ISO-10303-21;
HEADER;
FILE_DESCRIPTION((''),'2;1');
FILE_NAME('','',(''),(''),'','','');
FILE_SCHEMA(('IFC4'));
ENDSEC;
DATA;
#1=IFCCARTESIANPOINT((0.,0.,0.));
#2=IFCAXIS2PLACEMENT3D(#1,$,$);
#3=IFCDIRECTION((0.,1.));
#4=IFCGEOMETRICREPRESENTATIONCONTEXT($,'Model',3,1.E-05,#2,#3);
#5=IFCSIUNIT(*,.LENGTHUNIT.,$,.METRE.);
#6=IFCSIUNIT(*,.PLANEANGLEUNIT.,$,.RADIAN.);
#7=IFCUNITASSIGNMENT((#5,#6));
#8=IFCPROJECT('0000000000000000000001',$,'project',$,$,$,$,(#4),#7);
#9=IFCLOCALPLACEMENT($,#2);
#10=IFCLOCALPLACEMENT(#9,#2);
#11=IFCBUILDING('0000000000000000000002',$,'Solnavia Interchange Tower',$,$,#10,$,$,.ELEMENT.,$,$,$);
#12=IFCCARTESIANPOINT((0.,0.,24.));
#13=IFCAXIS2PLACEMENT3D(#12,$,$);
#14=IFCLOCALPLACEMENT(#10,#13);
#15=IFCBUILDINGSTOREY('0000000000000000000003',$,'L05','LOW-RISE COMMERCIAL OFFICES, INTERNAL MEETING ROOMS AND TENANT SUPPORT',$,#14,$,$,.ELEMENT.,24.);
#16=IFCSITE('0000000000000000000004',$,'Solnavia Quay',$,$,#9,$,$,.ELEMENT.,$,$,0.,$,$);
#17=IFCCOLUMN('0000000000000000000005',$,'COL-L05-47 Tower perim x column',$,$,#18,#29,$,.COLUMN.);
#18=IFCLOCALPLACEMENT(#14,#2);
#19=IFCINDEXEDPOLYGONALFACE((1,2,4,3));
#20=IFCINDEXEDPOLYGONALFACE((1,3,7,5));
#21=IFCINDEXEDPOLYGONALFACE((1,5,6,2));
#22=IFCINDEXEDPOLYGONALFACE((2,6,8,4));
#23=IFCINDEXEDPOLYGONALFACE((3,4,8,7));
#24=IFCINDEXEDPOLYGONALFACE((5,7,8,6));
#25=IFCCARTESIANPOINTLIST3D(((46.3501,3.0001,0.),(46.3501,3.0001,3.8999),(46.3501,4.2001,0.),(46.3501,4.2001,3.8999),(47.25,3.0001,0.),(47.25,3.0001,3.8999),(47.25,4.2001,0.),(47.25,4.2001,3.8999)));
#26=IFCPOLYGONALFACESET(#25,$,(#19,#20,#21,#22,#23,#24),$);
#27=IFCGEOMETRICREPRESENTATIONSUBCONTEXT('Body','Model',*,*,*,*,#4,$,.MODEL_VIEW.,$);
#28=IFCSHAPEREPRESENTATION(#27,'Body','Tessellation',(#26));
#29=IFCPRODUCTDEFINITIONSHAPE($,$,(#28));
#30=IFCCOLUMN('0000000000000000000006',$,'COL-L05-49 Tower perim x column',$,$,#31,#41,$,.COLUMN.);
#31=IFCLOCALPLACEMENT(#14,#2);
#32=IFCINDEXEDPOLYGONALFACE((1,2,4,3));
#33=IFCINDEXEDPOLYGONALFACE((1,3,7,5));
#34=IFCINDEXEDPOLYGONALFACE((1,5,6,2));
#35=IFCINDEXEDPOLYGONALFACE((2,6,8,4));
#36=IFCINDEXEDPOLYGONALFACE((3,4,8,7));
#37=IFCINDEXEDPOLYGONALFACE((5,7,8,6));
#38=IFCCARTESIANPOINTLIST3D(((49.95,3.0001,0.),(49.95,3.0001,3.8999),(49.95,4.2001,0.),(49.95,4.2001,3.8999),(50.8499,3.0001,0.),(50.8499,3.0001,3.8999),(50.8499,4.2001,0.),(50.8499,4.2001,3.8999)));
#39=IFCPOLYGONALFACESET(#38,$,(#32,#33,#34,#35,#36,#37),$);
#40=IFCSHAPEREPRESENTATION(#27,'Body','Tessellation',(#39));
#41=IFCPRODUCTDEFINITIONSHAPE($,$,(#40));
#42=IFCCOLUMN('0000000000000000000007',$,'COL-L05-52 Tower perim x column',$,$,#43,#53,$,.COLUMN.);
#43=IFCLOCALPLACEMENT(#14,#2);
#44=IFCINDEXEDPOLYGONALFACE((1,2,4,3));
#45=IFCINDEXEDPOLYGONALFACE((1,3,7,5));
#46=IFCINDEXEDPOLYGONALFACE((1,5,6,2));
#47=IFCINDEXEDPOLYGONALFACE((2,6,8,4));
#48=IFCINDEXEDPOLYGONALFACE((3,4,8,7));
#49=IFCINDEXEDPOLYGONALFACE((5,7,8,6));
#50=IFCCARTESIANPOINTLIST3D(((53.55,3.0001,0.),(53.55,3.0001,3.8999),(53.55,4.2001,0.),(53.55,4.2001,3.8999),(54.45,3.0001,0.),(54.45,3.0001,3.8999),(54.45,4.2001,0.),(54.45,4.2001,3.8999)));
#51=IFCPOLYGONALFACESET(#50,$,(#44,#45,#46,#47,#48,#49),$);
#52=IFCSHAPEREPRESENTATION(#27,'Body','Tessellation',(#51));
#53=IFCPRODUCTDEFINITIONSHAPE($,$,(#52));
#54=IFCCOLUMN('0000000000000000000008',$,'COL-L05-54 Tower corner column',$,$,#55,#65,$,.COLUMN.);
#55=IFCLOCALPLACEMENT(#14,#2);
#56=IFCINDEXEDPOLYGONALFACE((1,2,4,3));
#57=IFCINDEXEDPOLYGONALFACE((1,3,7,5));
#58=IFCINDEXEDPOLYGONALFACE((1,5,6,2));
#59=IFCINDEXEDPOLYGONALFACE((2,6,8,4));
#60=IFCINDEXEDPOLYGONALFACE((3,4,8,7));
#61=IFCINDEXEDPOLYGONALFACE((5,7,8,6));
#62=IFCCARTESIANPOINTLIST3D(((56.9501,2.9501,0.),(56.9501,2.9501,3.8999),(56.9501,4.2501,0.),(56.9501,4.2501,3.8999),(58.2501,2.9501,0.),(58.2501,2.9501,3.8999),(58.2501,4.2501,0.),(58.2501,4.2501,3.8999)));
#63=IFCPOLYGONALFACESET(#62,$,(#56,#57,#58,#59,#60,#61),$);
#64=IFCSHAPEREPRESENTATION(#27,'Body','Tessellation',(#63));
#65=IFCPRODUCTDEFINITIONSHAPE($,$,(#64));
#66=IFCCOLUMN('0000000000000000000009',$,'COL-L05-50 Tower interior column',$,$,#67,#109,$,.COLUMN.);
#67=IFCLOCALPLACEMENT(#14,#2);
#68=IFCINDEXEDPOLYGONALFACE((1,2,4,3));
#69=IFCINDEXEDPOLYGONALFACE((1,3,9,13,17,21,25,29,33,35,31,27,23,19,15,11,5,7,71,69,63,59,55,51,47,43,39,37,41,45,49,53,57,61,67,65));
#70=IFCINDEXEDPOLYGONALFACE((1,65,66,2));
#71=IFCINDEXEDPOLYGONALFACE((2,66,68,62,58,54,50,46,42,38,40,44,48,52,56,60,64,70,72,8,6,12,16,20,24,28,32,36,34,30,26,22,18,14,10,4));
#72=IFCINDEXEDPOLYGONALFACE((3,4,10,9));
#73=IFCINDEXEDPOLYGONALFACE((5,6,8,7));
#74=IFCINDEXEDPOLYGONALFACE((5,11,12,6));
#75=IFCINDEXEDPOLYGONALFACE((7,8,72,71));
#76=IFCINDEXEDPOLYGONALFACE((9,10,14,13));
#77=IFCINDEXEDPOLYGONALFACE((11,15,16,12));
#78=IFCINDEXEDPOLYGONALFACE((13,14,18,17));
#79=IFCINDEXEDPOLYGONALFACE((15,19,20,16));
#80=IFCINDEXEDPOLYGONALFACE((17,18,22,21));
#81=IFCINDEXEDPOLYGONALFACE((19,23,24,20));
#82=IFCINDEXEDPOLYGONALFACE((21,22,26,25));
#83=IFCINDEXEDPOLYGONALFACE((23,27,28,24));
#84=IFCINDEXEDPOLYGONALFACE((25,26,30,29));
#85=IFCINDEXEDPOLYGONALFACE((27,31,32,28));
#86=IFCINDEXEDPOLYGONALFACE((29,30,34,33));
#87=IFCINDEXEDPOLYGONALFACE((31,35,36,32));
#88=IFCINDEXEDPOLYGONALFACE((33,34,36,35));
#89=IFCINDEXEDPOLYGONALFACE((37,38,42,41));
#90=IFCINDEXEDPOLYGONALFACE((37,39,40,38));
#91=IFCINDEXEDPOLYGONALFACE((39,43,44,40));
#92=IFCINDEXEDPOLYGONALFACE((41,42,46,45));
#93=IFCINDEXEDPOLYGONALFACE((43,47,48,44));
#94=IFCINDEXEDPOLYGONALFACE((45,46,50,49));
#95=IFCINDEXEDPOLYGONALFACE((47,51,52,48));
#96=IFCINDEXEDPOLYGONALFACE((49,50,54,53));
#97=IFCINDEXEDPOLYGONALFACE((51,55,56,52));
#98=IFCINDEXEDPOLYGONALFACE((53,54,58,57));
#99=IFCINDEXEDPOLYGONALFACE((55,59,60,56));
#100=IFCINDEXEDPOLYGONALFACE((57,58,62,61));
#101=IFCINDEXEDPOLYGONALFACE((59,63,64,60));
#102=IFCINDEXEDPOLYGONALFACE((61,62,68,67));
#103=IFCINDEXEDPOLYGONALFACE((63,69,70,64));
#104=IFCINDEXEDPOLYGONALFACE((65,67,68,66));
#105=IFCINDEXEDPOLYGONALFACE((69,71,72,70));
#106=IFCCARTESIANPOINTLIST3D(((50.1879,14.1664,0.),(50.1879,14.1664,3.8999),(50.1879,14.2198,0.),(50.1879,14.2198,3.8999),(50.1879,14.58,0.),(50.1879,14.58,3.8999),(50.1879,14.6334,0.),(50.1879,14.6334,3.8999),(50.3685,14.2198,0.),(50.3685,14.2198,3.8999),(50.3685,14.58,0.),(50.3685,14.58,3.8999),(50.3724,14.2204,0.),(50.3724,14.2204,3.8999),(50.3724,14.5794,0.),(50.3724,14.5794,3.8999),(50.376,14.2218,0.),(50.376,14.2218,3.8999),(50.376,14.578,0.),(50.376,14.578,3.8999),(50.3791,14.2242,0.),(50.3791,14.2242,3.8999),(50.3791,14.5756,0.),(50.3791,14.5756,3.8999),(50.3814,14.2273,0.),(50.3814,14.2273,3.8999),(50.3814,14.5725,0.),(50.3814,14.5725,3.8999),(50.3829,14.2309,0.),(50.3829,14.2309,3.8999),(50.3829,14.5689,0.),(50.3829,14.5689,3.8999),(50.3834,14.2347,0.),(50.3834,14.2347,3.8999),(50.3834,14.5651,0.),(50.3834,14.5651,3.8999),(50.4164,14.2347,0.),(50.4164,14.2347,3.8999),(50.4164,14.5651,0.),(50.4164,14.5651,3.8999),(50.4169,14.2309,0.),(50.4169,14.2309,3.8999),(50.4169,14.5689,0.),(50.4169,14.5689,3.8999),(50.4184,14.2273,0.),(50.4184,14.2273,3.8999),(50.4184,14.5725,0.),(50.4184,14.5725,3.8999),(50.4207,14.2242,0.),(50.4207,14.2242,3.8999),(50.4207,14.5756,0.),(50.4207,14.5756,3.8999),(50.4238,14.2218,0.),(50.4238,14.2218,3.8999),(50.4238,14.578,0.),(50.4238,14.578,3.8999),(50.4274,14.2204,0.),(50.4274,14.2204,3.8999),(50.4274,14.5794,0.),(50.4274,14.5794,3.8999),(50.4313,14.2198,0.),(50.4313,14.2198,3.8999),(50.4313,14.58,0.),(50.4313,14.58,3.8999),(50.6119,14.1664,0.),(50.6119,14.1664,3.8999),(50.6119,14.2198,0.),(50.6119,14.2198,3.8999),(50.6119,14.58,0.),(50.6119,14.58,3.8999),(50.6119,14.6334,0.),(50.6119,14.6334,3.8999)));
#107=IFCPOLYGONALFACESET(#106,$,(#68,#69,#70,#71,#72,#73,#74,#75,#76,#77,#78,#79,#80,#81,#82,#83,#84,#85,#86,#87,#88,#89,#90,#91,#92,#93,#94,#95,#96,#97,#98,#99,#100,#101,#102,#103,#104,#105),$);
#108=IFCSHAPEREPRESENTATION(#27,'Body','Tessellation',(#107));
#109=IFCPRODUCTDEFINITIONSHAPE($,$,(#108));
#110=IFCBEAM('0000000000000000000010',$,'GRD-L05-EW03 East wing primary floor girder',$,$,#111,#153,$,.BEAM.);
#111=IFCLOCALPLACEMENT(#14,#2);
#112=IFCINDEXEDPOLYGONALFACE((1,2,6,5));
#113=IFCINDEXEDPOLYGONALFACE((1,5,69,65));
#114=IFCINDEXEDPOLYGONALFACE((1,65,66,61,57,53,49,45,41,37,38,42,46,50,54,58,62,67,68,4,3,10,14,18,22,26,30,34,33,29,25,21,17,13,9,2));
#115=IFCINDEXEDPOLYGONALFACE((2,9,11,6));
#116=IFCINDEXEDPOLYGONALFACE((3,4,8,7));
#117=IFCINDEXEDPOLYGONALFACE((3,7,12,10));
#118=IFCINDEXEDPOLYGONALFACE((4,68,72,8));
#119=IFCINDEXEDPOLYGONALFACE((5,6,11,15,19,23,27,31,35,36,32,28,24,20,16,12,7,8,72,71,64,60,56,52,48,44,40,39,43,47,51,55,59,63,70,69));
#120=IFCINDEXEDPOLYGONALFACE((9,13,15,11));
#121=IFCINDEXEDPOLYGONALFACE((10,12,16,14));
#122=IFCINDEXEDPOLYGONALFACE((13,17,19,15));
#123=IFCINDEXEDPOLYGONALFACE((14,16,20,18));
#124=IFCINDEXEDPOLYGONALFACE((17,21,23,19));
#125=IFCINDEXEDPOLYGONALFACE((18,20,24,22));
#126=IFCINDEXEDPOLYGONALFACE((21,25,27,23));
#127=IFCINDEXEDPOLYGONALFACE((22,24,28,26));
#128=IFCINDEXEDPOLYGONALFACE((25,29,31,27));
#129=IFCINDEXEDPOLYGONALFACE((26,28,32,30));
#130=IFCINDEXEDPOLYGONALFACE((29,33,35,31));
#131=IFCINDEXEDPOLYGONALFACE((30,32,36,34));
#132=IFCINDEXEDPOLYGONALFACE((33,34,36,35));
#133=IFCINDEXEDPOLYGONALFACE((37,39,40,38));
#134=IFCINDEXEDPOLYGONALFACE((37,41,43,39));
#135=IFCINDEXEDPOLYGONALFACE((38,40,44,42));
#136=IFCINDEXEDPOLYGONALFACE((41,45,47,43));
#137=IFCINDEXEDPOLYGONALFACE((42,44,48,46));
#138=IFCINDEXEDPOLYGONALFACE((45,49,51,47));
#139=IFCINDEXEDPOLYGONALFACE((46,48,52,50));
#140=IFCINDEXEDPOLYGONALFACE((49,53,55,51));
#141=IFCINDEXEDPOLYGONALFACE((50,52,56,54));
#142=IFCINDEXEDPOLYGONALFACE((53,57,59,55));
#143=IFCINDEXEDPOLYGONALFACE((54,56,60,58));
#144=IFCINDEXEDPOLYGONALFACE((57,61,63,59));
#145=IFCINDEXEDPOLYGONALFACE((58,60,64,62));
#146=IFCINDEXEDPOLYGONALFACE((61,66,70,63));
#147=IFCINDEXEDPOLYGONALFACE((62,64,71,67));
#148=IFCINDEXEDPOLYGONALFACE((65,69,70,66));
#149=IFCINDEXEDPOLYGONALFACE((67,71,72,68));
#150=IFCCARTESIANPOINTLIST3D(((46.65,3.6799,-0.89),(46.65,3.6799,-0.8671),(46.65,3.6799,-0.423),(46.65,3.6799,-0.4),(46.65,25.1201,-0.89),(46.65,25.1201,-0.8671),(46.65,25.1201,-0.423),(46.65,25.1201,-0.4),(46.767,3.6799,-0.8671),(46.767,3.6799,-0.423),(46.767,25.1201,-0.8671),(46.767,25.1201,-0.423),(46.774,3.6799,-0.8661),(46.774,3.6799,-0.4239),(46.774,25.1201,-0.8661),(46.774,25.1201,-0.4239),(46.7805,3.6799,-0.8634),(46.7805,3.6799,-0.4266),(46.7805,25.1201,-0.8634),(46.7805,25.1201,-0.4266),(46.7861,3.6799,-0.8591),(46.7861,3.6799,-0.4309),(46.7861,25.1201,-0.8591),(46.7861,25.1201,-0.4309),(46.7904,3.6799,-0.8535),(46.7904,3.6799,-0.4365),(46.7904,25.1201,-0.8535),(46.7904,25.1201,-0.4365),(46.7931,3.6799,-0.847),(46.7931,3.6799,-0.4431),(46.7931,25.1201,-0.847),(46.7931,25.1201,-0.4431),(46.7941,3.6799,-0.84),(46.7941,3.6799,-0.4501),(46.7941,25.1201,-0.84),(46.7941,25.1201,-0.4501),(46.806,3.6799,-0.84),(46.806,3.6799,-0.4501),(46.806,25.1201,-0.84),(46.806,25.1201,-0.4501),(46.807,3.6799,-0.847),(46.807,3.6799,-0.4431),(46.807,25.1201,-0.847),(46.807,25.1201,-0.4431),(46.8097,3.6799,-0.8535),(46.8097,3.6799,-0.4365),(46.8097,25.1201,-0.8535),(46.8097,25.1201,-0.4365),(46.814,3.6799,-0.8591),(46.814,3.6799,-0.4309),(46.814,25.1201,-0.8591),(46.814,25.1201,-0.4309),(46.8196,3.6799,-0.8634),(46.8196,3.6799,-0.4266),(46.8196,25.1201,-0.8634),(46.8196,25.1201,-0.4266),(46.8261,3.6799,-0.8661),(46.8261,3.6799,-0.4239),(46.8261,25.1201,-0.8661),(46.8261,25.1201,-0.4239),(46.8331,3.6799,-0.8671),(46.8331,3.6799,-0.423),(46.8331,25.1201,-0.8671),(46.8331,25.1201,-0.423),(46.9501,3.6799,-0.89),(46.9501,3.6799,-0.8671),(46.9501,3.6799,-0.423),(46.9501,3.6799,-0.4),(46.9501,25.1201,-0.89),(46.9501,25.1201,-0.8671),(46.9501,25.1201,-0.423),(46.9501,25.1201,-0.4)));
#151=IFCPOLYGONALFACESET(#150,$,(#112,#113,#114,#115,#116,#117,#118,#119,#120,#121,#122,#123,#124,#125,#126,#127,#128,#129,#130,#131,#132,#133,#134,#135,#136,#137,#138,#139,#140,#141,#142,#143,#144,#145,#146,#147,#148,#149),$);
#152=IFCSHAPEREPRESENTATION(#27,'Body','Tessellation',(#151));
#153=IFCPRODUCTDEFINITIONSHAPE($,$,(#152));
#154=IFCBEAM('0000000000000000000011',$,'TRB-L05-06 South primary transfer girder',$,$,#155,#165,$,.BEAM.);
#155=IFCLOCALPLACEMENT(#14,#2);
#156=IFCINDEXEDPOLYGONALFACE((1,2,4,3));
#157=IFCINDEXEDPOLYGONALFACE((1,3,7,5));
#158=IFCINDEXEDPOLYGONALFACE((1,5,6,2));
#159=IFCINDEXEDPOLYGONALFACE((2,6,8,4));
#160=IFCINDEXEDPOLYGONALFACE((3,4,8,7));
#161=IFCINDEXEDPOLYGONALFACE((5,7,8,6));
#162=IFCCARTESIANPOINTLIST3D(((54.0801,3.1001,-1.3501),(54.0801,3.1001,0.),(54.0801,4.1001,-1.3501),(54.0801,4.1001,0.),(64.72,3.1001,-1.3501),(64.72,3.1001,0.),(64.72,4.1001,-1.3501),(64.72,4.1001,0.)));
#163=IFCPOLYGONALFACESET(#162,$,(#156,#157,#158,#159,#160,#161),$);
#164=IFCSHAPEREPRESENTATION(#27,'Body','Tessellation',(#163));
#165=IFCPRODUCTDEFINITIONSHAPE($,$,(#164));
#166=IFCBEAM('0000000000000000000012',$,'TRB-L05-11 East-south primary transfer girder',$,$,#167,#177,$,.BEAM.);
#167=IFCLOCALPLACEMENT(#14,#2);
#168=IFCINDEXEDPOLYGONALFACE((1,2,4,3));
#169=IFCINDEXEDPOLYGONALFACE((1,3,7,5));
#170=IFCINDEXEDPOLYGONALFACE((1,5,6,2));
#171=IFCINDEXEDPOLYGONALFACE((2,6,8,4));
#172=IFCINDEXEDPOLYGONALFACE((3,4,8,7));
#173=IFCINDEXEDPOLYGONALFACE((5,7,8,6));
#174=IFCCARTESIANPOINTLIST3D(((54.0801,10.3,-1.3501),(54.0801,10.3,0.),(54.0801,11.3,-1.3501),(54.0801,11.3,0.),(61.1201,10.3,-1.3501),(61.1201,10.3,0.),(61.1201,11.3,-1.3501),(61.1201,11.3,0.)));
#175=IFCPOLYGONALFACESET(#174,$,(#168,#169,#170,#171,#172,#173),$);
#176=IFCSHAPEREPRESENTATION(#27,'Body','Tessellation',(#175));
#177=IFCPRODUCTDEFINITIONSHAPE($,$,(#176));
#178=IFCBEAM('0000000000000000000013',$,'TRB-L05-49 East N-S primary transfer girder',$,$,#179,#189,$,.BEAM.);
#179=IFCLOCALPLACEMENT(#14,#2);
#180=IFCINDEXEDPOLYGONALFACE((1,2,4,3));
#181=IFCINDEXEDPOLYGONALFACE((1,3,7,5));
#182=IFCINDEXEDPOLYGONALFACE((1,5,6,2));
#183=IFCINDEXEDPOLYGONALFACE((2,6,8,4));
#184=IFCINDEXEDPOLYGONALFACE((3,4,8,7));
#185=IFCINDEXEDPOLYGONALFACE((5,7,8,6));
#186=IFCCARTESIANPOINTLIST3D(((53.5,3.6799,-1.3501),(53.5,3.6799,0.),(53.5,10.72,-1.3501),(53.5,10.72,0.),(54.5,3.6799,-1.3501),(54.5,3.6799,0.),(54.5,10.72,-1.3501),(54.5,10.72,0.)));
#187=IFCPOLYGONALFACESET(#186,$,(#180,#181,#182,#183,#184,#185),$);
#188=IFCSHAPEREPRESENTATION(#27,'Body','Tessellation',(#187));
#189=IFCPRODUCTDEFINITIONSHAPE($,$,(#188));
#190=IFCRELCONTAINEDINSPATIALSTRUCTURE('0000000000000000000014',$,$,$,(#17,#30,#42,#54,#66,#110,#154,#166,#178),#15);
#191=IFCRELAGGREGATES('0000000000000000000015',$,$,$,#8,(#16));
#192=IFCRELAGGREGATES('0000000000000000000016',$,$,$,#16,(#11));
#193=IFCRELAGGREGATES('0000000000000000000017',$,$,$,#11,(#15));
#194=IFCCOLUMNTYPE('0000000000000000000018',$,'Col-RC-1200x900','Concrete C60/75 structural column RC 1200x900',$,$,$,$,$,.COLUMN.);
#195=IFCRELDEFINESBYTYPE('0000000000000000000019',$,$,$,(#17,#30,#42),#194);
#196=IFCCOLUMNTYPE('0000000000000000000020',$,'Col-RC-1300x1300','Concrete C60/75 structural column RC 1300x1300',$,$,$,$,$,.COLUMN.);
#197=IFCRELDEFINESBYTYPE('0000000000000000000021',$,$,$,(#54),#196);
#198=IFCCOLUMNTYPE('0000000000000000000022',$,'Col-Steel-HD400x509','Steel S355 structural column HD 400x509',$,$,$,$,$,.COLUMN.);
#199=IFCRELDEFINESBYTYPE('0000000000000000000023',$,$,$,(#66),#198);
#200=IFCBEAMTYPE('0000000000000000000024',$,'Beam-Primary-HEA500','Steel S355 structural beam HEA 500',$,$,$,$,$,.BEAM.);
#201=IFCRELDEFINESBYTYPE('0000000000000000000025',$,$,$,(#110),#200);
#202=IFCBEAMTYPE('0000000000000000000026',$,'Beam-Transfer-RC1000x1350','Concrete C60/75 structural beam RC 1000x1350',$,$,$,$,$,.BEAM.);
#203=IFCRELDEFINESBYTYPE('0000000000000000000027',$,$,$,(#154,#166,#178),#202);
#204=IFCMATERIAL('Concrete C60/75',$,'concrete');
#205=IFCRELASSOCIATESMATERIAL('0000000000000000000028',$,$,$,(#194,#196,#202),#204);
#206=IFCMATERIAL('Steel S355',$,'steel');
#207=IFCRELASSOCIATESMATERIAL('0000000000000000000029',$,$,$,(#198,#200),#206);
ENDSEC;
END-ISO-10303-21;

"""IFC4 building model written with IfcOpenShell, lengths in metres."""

from ifc_helpers import new_model, si_unit, direction, frame, origin, origin_2d, place, context, subcontext, project, spatial, rectangle, i_section, extrude, material, material_profile, profile_set, type_object, element, save


model = new_model("IFC4")

# Units and contexts
model_context = context("Model", 3, precision=1e-05, world=origin(), true_north=direction((0.0, 1.0)))
body_context = subcontext(model_context, "Body", "Model", "MODEL_VIEW")
ifc_project = project(units=[si_unit("LENGTHUNIT", "METRE"), si_unit("PLANEANGLEUNIT", "RADIAN")], contexts=[model_context])

# Site, building, storey
site_placement = place(None, origin())
site = spatial("IfcSite", under=ifc_project, at=site_placement, Name="Solnavia Quay", CompositionType="ELEMENT", RefElevation=0.0)
building_placement = place(site_placement, origin())
building = spatial("IfcBuilding", under=site, at=building_placement, Name="Solnavia Interchange Tower", CompositionType="ELEMENT")
storey_placement = place(building_placement, frame((0.0, 0.0, 24.0)))
storey = spatial("IfcBuildingStorey", under=building, at=storey_placement, Name="L05", Description="LOW-RISE COMMERCIAL OFFICES, INTERNAL MEETING ROOMS AND TENANT SUPPORT", CompositionType="ELEMENT", Elevation=24.0)

# Columns
ifc_material_1 = material(Name="Concrete C60/75", Category="concrete")
ifc_material_profile_1 = material_profile(ifc_material_1, rectangle(XDim=0.8999, YDim=1.2, at=origin_2d()), Name="RC 1200x900")
ifc_profile_set_1 = profile_set([ifc_material_profile_1], Name="Concrete C60/75")
column_type_1 = type_object("IfcColumnType", Name="Col-RC-1200x900", Description="Concrete C60/75 structural column RC 1200x900", PredefinedType="COLUMN", material=ifc_profile_set_1)
for number, where, z_axis, x_axis, name in (
    (1, (46.8, 3.6001, 0.0), (0.0, 0.0, 1.0), (1.0, 0.0, 0.0), "COL-L05-47 Tower perim x column"),
    (2, (50.3999, 3.6001, 0.0), (0.0, 0.0, 1.0), (1.0, 0.0, 0.0), "COL-L05-49 Tower perim x column"),
    (3, (54.0, 3.6001, 0.0), (0.0, 0.0, 1.0), (1.0, 0.0, 0.0), "COL-L05-52 Tower perim x column"),
):
    element("IfcColumn", number, at=place(storey_placement, frame(where, z_axis=z_axis, x_axis=x_axis)), inside=storey, type_object=column_type_1, Name=name, PredefinedType="COLUMN", context=body_context, shape_type="SweptSolid", body=[
        extrude(rectangle(XDim=0.8999, YDim=1.2, at=origin_2d()), origin(), (0.0, 0.0, 1.0), 3.8999),
    ])
ifc_material_profile_2 = material_profile(ifc_material_1, rectangle(XDim=1.3, YDim=1.3, at=origin_2d()), Name="RC 1300x1300")
ifc_profile_set_2 = profile_set([ifc_material_profile_2], Name="Concrete C60/75")
column_type_2 = type_object("IfcColumnType", Name="Col-RC-1300x1300", Description="Concrete C60/75 structural column RC 1300x1300", PredefinedType="COLUMN", material=ifc_profile_set_2)
column_1_placement = place(storey_placement, frame((57.6001, 3.6001, 0.0), z_axis=(0.0, 0.0, 1.0), x_axis=(1.0, 0.0, 0.0)))
element("IfcColumn", 4, at=column_1_placement, inside=storey, type_object=column_type_2, Name="COL-L05-54 Tower corner column", PredefinedType="COLUMN", context=body_context, shape_type="SweptSolid", body=[
    extrude(rectangle(XDim=1.3, YDim=1.3, at=origin_2d()), origin(), (0.0, 0.0, 1.0), 3.8999),
])
ifc_material_2 = material(Name="Steel S355", Category="steel")
ifc_material_profile_3 = material_profile(ifc_material_2, i_section(OverallWidth=0.4241, OverallDepth=0.467, WebThickness=0.033, FlangeThickness=0.0535, FilletRadius=0.0149, at=origin_2d()), Name="HD 400x509")
ifc_profile_set_3 = profile_set([ifc_material_profile_3], Name="Steel S355")
column_type_3 = type_object("IfcColumnType", Name="Col-Steel-HD400x509", Description="Steel S355 structural column HD 400x509", PredefinedType="COLUMN", material=ifc_profile_set_3)
column_2_placement = place(storey_placement, frame((50.3999, 14.3999, 0.0), z_axis=(0.0, 0.0, 1.0), x_axis=(1.0, 0.0, 0.0)))
element("IfcColumn", 5, at=column_2_placement, inside=storey, type_object=column_type_3, Name="COL-L05-50 Tower interior column", PredefinedType="COLUMN", context=body_context, shape_type="SweptSolid", body=[
    extrude(i_section(OverallWidth=0.4241, OverallDepth=0.467, WebThickness=0.033, FlangeThickness=0.0535, FilletRadius=0.0149, at=origin_2d()), origin(), (0.0, 0.0, 1.0), 3.8999),
])

# Beams
ifc_material_profile_4 = material_profile(ifc_material_2, i_section(OverallWidth=0.3, OverallDepth=0.49, WebThickness=0.012, FlangeThickness=0.0229, FilletRadius=0.0271, at=origin_2d()), Name="HEA 500")
ifc_profile_set_4 = profile_set([ifc_material_profile_4], Name="Steel S355")
beam_type_1 = type_object("IfcBeamType", Name="Beam-Primary-HEA500", Description="Steel S355 structural beam HEA 500", PredefinedType="BEAM", material=ifc_profile_set_4)
beam_1_placement = place(storey_placement, frame((46.8, 3.6799, -0.645), z_axis=(0.0, 1.0, 0.0), x_axis=(-1.0, 0.0, 0.0)))
element("IfcBeam", 6, at=beam_1_placement, inside=storey, type_object=beam_type_1, Name="GRD-L05-EW03 East wing primary floor girder", PredefinedType="BEAM", context=body_context, shape_type="SweptSolid", body=[
    extrude(i_section(OverallWidth=0.3, OverallDepth=0.49, WebThickness=0.012, FlangeThickness=0.0229, FilletRadius=0.0271, at=origin_2d()), origin(), (0.0, 0.0, 1.0), 21.4402),
])
ifc_material_profile_5 = material_profile(ifc_material_1, rectangle(XDim=1.0, YDim=1.3501, at=origin_2d()), Name="RC 1000x1350")
ifc_profile_set_5 = profile_set([ifc_material_profile_5], Name="Concrete C60/75")
beam_type_2 = type_object("IfcBeamType", Name="Beam-Transfer-RC1000x1350", Description="Concrete C60/75 structural beam RC 1000x1350", PredefinedType="BEAM", material=ifc_profile_set_5)
beam_2_placement = place(storey_placement, frame((54.0801, 3.6001, -0.675), z_axis=(1.0, 0.0, 0.0), x_axis=(0.0, 1.0, 0.0)))
element("IfcBeam", 7, at=beam_2_placement, inside=storey, type_object=beam_type_2, Name="TRB-L05-06 South primary transfer girder", PredefinedType="BEAM", context=body_context, shape_type="SweptSolid", body=[
    extrude(rectangle(XDim=1.0, YDim=1.3501, at=origin_2d()), origin(), (0.0, 0.0, 1.0), 10.6399),
])
for number, where, z_axis, x_axis, name in (
    (8, (54.0801, 10.8, -0.675), (1.0, 0.0, 0.0), (0.0, 1.0, 0.0), "TRB-L05-11 East-south primary transfer girder"),
    (9, (54.0, 3.6799, -0.675), (0.0, 1.0, 0.0), (-1.0, 0.0, 0.0), "TRB-L05-49 East N-S primary transfer girder"),
):
    element("IfcBeam", number, at=place(storey_placement, frame(where, z_axis=z_axis, x_axis=x_axis)), inside=storey, type_object=beam_type_2, Name=name, PredefinedType="BEAM", context=body_context, shape_type="SweptSolid", body=[
        extrude(rectangle(XDim=1.0, YDim=1.3501, at=origin_2d()), origin(), (0.0, 0.0, 1.0), 7.04),
    ])

save(model, "model.ifc")
